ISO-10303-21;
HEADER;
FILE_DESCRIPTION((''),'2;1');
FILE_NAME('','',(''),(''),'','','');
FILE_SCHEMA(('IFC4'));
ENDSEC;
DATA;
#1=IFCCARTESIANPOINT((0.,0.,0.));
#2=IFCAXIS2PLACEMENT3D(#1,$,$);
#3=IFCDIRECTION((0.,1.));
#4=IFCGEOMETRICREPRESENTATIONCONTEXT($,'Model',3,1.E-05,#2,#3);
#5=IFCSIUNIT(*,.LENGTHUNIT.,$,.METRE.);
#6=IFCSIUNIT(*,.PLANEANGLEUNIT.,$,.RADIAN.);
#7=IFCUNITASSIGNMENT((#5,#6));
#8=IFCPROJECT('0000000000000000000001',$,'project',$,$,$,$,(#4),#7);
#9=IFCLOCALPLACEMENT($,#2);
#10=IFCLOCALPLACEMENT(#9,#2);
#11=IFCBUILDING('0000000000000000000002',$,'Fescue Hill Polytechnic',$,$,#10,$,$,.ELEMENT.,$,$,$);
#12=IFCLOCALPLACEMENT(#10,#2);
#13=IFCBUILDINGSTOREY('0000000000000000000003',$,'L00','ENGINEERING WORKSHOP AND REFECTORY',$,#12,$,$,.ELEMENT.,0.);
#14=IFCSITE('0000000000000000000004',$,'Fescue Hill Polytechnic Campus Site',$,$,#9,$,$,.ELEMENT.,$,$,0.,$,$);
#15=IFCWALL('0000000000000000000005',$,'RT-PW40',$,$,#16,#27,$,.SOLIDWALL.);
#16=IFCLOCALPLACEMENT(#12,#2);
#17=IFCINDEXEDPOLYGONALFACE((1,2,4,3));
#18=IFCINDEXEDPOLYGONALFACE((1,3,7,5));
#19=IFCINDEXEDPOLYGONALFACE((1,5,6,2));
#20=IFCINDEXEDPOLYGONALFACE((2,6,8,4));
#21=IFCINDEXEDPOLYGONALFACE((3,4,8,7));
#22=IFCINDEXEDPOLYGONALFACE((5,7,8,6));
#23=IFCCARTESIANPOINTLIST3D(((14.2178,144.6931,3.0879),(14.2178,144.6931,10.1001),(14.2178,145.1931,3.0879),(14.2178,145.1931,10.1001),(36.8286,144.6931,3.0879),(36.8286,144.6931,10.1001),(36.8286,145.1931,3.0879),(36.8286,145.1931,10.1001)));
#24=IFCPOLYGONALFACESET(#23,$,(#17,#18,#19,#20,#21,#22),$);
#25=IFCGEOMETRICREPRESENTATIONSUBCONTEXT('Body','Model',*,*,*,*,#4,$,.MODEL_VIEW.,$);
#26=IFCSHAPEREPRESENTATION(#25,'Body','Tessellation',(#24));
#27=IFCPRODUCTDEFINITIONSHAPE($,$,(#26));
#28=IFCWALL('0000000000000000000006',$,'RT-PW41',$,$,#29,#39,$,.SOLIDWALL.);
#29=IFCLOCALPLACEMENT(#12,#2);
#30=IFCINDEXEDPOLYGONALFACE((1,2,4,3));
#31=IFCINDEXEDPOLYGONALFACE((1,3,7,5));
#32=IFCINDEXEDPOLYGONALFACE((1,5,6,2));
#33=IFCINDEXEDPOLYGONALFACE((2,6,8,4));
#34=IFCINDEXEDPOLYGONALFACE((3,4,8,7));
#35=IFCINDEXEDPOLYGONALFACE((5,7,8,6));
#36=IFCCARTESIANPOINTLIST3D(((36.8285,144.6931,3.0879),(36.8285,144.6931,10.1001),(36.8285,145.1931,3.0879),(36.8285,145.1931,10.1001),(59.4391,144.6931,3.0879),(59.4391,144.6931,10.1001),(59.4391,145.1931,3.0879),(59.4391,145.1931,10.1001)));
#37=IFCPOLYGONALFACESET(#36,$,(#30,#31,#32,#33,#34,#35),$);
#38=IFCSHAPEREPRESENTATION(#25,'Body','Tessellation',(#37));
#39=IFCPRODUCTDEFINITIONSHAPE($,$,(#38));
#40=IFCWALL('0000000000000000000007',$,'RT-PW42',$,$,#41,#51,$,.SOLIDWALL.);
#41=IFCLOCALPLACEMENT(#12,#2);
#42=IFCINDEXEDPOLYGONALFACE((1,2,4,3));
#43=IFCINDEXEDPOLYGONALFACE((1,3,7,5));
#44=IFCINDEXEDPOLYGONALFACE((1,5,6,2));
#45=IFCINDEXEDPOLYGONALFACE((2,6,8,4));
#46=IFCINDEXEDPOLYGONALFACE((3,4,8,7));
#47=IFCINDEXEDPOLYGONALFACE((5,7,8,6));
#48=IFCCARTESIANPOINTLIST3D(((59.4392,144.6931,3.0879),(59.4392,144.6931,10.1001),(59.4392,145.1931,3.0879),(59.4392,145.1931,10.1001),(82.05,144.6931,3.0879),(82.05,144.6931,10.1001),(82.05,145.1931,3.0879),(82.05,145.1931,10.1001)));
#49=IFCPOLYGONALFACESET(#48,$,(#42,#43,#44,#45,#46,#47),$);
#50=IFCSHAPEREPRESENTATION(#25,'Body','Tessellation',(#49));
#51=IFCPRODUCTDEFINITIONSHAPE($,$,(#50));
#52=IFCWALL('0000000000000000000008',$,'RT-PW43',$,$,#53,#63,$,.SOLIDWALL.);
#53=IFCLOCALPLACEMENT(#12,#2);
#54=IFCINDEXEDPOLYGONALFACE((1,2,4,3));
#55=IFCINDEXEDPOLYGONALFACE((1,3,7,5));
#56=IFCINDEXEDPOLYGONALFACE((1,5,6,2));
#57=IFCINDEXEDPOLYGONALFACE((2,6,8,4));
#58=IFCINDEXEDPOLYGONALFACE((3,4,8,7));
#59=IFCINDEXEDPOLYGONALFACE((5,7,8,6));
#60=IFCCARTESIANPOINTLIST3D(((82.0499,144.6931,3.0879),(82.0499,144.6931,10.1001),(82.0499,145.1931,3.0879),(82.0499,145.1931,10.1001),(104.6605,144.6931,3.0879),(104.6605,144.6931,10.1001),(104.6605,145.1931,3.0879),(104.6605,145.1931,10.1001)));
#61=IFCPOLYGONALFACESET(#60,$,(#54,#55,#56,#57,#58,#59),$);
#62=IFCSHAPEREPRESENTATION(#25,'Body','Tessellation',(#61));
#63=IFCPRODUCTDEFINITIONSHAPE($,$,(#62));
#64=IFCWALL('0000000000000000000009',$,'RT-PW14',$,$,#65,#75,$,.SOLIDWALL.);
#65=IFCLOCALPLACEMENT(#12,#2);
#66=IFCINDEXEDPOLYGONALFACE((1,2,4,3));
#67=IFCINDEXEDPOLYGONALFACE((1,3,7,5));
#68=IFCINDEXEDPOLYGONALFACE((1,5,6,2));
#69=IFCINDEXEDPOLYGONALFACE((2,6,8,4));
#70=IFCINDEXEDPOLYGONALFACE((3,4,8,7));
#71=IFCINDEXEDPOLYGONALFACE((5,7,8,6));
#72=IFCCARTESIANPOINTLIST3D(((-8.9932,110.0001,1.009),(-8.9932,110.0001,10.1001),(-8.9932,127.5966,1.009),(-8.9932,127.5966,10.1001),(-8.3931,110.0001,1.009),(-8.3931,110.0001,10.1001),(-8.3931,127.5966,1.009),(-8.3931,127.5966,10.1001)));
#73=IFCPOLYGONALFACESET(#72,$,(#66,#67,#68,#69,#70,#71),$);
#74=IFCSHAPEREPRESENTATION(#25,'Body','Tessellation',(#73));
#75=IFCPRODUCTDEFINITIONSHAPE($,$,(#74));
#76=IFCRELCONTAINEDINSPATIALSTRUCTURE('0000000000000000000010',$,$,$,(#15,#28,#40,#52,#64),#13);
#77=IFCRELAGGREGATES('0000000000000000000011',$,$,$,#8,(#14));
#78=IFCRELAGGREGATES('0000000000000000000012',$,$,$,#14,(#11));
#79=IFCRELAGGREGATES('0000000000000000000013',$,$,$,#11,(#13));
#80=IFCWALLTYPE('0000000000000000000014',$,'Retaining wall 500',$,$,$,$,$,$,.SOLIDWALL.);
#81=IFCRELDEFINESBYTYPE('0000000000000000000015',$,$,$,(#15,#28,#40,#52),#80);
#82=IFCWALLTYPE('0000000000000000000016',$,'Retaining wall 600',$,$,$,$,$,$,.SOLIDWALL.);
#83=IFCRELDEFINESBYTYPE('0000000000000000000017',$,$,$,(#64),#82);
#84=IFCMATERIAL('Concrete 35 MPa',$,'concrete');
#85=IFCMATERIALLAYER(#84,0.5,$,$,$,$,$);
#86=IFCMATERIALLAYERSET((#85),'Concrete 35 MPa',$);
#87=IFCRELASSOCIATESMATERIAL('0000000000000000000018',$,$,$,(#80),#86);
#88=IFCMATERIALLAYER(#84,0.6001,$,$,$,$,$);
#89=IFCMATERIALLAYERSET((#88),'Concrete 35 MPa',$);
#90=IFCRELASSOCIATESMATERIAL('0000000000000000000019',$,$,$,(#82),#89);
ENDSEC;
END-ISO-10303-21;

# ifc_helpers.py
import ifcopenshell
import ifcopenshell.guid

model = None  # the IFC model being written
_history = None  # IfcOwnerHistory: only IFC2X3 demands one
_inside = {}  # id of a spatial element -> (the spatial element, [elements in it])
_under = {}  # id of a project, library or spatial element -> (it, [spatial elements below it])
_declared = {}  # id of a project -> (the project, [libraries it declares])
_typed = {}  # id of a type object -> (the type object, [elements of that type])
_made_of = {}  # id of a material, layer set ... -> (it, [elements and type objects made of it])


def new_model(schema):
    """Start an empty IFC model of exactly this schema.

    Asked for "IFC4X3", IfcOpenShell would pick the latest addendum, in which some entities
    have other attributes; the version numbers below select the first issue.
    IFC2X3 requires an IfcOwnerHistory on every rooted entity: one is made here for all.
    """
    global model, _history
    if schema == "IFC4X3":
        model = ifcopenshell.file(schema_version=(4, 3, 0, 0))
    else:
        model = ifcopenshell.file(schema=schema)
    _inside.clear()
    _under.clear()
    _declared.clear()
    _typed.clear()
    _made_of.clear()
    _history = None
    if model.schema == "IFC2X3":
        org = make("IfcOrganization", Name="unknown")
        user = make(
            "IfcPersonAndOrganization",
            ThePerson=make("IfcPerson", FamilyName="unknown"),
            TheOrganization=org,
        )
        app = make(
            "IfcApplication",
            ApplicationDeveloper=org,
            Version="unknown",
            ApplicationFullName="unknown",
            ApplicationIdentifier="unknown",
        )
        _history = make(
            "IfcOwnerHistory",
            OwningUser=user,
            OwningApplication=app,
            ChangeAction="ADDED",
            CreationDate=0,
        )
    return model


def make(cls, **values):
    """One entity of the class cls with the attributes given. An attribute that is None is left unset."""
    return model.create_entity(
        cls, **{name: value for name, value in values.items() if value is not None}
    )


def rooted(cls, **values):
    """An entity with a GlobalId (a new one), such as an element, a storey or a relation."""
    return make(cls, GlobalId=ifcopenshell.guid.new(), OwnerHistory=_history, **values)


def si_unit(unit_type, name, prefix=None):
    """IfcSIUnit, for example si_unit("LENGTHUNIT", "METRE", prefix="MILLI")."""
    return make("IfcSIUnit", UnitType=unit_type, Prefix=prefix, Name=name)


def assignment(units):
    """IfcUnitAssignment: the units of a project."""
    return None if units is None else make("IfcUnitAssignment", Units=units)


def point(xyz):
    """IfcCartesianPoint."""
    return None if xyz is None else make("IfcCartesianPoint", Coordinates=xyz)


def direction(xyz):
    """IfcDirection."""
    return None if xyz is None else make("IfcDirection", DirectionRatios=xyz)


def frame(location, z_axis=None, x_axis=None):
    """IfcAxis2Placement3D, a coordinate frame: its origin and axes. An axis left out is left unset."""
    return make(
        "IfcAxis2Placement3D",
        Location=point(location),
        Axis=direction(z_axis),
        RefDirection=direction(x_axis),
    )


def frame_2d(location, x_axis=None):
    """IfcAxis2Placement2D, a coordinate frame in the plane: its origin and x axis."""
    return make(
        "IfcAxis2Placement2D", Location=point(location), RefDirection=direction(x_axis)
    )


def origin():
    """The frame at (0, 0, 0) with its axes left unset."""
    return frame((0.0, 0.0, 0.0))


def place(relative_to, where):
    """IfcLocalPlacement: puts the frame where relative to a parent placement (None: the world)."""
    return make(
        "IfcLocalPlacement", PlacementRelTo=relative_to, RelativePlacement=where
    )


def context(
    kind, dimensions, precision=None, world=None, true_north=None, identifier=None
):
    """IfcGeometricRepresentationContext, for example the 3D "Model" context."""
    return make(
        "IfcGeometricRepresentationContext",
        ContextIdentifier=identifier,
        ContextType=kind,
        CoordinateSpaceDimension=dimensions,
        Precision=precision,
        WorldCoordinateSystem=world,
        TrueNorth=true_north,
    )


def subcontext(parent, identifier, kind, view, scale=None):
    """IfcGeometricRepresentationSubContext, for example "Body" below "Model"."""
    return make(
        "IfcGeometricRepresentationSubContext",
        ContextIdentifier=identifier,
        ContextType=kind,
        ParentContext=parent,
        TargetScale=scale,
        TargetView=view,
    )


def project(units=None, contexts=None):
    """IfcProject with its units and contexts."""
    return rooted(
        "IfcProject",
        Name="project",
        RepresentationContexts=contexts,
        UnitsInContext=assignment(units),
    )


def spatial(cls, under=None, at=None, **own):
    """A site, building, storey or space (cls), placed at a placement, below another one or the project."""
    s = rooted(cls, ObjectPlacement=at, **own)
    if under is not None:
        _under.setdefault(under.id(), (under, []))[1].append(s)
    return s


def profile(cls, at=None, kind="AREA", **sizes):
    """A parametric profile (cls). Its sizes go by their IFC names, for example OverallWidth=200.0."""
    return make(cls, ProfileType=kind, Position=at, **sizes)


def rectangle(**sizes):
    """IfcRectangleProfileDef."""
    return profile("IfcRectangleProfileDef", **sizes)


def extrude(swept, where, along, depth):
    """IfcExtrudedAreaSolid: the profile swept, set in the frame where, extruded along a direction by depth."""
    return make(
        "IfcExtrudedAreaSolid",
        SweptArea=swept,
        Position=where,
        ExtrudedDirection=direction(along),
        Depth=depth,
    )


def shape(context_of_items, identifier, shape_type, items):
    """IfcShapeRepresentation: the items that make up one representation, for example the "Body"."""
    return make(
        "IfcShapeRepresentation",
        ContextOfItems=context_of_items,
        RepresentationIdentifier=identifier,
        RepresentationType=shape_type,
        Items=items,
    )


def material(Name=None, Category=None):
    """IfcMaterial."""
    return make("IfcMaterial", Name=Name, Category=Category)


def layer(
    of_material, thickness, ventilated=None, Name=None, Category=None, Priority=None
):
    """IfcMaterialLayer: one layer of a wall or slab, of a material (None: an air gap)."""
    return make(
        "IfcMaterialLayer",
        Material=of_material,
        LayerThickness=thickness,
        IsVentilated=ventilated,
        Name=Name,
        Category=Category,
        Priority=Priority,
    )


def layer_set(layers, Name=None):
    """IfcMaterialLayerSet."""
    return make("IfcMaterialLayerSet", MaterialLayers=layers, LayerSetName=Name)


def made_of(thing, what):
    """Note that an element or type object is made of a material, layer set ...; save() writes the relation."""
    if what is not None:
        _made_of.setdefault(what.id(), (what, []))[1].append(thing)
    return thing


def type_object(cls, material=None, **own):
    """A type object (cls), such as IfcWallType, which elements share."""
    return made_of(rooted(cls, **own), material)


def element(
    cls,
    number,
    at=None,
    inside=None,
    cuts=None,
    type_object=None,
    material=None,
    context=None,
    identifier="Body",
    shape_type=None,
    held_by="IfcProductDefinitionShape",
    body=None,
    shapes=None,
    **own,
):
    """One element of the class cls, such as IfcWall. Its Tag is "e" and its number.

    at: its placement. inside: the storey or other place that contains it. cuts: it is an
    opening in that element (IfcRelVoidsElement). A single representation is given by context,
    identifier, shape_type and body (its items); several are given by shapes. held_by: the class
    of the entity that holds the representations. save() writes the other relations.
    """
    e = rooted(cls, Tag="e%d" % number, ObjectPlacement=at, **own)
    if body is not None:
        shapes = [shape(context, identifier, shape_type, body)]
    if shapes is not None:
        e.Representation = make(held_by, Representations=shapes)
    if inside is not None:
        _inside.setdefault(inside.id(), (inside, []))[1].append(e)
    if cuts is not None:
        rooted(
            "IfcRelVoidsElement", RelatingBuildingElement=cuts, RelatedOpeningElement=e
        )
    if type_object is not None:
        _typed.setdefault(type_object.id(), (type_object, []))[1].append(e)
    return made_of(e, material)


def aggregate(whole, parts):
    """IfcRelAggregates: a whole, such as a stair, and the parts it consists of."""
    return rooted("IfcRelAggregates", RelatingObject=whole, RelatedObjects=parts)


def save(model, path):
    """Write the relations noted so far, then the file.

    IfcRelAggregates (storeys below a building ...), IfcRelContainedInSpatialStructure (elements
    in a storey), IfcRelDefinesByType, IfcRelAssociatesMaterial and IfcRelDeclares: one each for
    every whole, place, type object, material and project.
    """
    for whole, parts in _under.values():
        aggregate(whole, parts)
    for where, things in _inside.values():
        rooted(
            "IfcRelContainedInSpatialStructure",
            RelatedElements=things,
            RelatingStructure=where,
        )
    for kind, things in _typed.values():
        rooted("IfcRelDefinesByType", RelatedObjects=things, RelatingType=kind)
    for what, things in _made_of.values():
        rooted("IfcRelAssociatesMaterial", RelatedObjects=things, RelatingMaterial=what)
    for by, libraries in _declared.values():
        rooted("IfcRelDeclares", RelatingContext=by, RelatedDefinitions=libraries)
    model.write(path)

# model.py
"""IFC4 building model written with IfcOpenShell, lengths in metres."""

from ifc_helpers import new_model, si_unit, direction, frame, frame_2d, origin, place, context, subcontext, project, spatial, rectangle, extrude, material, layer, layer_set, type_object, element, save


model = new_model("IFC4")

# Units and contexts
model_context = context("Model", 3, precision=1e-05, world=origin(), true_north=direction((0.0, 1.0)))
body_context = subcontext(model_context, "Body", "Model", "MODEL_VIEW")
ifc_project = project(units=[si_unit("LENGTHUNIT", "METRE"), si_unit("PLANEANGLEUNIT", "RADIAN")], contexts=[model_context])

# Site, building, storey
site_placement = place(None, origin())
site = spatial("IfcSite", under=ifc_project, at=site_placement, Name="Fescue Hill Polytechnic Campus Site", CompositionType="ELEMENT", RefElevation=0.0)
building_placement = place(site_placement, origin())
building = spatial("IfcBuilding", under=site, at=building_placement, Name="Fescue Hill Polytechnic", CompositionType="ELEMENT")
storey_placement = place(building_placement, origin())
storey = spatial("IfcBuildingStorey", under=building, at=storey_placement, Name="L00", Description="ENGINEERING WORKSHOP AND REFECTORY", CompositionType="ELEMENT", Elevation=0.0)

# Walls
ifc_material_1 = material(Name="Concrete 35 MPa", Category="concrete")
ifc_layer_1 = layer(ifc_material_1, 0.5)
ifc_layer_set_1 = layer_set([ifc_layer_1], Name="Concrete 35 MPa")
wall_type_1 = type_object("IfcWallType", Name="Retaining wall 500", PredefinedType="SOLIDWALL", material=ifc_layer_set_1)
for number, where, z_axis, x_axis, name in (
    (1, (14.2178, 144.9431, 3.0879), (0.0, 0.0, 1.0), (1.0, 0.0, 0.0), "RT-PW40"),
):
    element("IfcWall", number, at=place(storey_placement, frame(where, z_axis=z_axis, x_axis=x_axis)), inside=storey, type_object=wall_type_1, Name=name, PredefinedType="SOLIDWALL", context=body_context, shape_type="SweptSolid", body=[
        extrude(rectangle(XDim=22.6108, YDim=0.5, at=frame_2d((11.3054, 0.0))), origin(), (0.0, 0.0, 1.0), 7.0122),
    ])
wall_1_placement = place(storey_placement, frame((36.8286, 144.9431, 3.0879), z_axis=(0.0, 0.0, 1.0), x_axis=(1.0, 0.0, 0.0)))
element("IfcWall", 2, at=wall_1_placement, inside=storey, type_object=wall_type_1, Name="RT-PW41", PredefinedType="SOLIDWALL", context=body_context, shape_type="SweptSolid", body=[
    extrude(rectangle(XDim=22.6106, YDim=0.5, at=frame_2d((11.3052, 0.0))), origin(), (0.0, 0.0, 1.0), 7.0122),
])
wall_2_placement = place(storey_placement, frame((59.4392, 144.9431, 3.0879), z_axis=(0.0, 0.0, 1.0), x_axis=(1.0, 0.0, 0.0)))
element("IfcWall", 3, at=wall_2_placement, inside=storey, type_object=wall_type_1, Name="RT-PW42", PredefinedType="SOLIDWALL", context=body_context, shape_type="SweptSolid", body=[
    extrude(rectangle(XDim=22.6108, YDim=0.5, at=frame_2d((11.3054, 0.0))), origin(), (0.0, 0.0, 1.0), 7.0122),
])
wall_3_placement = place(storey_placement, frame((82.05, 144.9431, 3.0879), z_axis=(0.0, 0.0, 1.0), x_axis=(1.0, 0.0, 0.0)))
element("IfcWall", 4, at=wall_3_placement, inside=storey, type_object=wall_type_1, Name="RT-PW43", PredefinedType="SOLIDWALL", context=body_context, shape_type="SweptSolid", body=[
    extrude(rectangle(XDim=22.6106, YDim=0.5, at=frame_2d((11.3052, 0.0))), origin(), (0.0, 0.0, 1.0), 7.0122),
])
ifc_layer_2 = layer(ifc_material_1, 0.6001)
ifc_layer_set_2 = layer_set([ifc_layer_2], Name="Concrete 35 MPa")
wall_type_2 = type_object("IfcWallType", Name="Retaining wall 600", PredefinedType="SOLIDWALL", material=ifc_layer_set_2)
wall_4_placement = place(storey_placement, frame((-8.6931, 110.0, 1.009), z_axis=(0.0, 0.0, 1.0), x_axis=(0.0, 1.0, 0.0)))
element("IfcWall", 5, at=wall_4_placement, inside=storey, type_object=wall_type_2, Name="RT-PW14", PredefinedType="SOLIDWALL", context=body_context, shape_type="SweptSolid", body=[
    extrude(rectangle(XDim=17.5964, YDim=0.6001, at=frame_2d((8.7983, 0.0))), origin(), (0.0, 0.0, 1.0), 9.0911),
])

save(model, "model.ifc")
